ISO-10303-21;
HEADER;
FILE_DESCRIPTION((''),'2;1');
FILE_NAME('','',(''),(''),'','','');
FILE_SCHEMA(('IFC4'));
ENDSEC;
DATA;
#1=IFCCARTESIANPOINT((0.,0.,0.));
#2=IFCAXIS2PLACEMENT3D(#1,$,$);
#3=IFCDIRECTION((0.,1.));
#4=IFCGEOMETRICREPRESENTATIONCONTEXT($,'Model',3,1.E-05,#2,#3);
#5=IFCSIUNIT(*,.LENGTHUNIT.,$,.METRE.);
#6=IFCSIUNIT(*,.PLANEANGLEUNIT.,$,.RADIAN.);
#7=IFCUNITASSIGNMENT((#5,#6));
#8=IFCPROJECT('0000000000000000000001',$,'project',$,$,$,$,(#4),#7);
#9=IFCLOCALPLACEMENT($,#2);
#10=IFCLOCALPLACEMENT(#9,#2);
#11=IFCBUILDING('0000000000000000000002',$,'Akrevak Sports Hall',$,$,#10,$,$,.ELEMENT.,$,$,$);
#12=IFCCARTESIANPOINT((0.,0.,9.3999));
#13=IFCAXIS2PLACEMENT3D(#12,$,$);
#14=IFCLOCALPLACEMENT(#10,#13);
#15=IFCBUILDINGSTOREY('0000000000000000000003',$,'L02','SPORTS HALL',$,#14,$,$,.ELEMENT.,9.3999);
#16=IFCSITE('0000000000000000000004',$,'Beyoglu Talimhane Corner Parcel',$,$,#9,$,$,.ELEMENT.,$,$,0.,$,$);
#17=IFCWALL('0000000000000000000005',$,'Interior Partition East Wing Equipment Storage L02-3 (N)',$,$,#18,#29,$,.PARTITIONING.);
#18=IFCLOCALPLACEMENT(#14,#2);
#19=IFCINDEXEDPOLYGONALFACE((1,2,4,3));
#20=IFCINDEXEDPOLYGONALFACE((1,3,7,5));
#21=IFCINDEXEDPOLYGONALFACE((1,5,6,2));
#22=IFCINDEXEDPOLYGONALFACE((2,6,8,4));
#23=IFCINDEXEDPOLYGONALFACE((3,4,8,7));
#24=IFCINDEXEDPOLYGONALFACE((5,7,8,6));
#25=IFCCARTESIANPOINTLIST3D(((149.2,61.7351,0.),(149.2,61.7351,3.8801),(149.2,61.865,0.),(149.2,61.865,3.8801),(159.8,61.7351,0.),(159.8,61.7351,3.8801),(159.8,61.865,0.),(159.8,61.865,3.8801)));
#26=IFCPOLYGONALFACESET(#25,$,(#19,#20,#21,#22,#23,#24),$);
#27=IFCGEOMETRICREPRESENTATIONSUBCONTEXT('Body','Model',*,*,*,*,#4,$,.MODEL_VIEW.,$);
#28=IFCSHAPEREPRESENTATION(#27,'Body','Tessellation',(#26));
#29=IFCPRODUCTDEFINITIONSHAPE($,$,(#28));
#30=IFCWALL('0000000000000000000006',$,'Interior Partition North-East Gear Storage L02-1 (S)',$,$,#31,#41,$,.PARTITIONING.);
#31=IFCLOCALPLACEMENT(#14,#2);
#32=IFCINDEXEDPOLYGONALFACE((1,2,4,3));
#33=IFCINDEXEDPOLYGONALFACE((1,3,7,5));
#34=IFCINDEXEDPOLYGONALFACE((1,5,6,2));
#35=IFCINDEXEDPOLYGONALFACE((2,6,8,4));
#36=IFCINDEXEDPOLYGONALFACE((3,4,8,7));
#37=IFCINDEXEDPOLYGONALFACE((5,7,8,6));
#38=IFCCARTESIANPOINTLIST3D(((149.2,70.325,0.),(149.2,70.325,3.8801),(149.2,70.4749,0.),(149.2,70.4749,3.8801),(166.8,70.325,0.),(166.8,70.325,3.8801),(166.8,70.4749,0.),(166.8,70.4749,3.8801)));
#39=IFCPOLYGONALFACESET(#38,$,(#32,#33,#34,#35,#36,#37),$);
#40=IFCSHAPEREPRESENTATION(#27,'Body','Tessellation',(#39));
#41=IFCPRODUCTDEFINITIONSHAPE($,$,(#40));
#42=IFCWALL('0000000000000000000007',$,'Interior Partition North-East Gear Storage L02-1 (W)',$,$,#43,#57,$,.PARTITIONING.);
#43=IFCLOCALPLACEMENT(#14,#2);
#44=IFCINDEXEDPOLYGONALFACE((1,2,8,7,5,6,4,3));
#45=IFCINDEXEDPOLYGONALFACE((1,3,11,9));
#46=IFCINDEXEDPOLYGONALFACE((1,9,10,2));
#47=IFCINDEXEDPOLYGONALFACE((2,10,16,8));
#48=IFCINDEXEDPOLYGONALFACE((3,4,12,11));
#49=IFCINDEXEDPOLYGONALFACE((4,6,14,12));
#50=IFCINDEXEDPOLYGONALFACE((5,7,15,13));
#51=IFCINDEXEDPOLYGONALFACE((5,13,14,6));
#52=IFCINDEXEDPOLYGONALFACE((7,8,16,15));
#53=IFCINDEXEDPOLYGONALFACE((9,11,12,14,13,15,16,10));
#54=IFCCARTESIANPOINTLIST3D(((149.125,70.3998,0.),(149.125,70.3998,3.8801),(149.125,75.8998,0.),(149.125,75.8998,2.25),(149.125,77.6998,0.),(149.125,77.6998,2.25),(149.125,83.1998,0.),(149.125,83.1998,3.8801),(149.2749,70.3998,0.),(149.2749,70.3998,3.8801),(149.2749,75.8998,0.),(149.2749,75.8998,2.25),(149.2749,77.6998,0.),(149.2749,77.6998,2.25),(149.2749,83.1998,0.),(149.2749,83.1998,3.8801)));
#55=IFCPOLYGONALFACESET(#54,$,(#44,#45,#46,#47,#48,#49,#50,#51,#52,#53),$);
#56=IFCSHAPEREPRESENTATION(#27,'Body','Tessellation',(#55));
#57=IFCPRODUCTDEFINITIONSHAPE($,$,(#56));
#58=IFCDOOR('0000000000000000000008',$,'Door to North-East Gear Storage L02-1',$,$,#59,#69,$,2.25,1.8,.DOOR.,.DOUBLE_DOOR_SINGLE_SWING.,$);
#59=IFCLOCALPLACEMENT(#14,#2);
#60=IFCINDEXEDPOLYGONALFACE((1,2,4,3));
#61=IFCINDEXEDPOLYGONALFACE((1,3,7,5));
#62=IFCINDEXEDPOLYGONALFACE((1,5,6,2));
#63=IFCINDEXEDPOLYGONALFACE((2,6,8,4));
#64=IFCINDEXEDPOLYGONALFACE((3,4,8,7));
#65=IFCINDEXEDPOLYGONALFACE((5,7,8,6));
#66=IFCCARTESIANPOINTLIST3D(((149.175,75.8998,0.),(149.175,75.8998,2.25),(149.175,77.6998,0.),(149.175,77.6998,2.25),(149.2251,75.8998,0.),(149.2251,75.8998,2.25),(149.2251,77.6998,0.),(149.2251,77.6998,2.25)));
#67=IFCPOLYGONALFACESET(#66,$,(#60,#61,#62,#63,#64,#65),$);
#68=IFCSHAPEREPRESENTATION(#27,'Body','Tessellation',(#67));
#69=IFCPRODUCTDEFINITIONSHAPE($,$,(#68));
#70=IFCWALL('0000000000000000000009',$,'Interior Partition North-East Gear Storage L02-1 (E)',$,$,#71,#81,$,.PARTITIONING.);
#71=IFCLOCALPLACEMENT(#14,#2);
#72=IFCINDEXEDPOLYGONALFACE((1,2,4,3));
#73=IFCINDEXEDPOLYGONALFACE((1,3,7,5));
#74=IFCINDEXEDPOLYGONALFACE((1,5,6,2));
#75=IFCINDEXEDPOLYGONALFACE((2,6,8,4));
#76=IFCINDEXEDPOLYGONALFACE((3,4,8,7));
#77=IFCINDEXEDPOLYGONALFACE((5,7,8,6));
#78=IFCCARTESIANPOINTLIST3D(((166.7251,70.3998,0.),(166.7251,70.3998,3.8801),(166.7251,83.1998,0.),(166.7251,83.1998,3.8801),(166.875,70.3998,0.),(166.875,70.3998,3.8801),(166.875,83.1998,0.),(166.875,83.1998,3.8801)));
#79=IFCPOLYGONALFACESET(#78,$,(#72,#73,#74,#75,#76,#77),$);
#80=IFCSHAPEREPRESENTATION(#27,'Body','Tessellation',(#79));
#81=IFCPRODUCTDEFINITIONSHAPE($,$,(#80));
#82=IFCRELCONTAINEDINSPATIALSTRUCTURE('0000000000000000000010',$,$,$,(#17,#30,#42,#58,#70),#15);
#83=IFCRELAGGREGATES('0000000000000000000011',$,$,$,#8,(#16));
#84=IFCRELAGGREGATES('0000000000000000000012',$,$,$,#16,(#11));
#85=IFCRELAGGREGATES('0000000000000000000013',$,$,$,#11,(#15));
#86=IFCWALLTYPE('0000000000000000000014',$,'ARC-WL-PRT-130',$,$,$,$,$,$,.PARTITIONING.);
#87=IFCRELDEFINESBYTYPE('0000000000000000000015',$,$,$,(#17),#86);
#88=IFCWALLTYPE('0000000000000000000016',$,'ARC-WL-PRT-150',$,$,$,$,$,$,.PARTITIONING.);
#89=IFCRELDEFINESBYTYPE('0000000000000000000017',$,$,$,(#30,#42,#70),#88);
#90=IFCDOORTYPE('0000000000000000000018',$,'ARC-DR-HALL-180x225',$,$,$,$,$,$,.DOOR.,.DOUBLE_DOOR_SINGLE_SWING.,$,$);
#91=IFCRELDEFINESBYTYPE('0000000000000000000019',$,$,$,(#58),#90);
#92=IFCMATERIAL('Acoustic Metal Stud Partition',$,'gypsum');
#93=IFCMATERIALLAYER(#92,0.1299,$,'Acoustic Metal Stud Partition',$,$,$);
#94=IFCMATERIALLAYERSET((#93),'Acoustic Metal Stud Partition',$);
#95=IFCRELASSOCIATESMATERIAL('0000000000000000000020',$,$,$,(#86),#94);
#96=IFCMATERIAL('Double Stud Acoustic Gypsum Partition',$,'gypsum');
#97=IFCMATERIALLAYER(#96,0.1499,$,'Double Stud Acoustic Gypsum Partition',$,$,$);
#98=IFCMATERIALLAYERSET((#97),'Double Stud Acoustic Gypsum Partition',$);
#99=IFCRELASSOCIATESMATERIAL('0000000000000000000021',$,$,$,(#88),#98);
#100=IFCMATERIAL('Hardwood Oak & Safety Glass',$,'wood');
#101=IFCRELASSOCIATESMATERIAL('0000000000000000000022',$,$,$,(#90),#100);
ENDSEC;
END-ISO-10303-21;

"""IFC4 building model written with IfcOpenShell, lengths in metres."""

from ifc_helpers import new_model, si_unit, direction, frame, frame_2d, origin, place, context, subcontext, project, spatial, rectangle, extrude, material, layer, layer_set, type_object, element, fill, save


model = new_model("IFC4")

# Units and contexts
model_context = context("Model", 3, precision=1e-05, world=origin(), true_north=direction((0.0, 1.0)))
body_context = subcontext(model_context, "Body", "Model", "MODEL_VIEW")
ifc_project = project(units=[si_unit("LENGTHUNIT", "METRE"), si_unit("PLANEANGLEUNIT", "RADIAN")], contexts=[model_context])

# Site, building, storey
site_placement = place(None, origin())
site = spatial("IfcSite", under=ifc_project, at=site_placement, Name="Beyoglu Talimhane Corner Parcel", CompositionType="ELEMENT", RefElevation=0.0)
building_placement = place(site_placement, origin())
building = spatial("IfcBuilding", under=site, at=building_placement, Name="Akrevak Sports Hall", CompositionType="ELEMENT")
storey_placement = place(building_placement, frame((0.0, 0.0, 9.3999)))
storey = spatial("IfcBuildingStorey", under=building, at=storey_placement, Name="L02", Description="SPORTS HALL", CompositionType="ELEMENT", Elevation=9.3999)

# Walls
ifc_material_1 = material(Name="Acoustic Metal Stud Partition", Category="gypsum")
ifc_layer_1 = layer(ifc_material_1, 0.1299, Name="Acoustic Metal Stud Partition")
ifc_layer_set_1 = layer_set([ifc_layer_1], Name="Acoustic Metal Stud Partition")
wall_type_1 = type_object("IfcWallType", Name="ARC-WL-PRT-130", PredefinedType="PARTITIONING", material=ifc_layer_set_1)
wall_1_placement = place(storey_placement, frame((149.2, 61.8, 0.0), z_axis=(0.0, 0.0, 1.0), x_axis=(1.0, 0.0, 0.0)))
element("IfcWall", 1, at=wall_1_placement, inside=storey, type_object=wall_type_1, Name="Interior Partition East Wing Equipment Storage L02-3 (N)", PredefinedType="PARTITIONING", context=body_context, shape_type="SweptSolid", body=[
    extrude(rectangle(XDim=10.6001, YDim=0.1299, at=frame_2d((5.3, 0.0))), origin(), (0.0, 0.0, 1.0), 3.8801),
])
ifc_material_2 = material(Name="Double Stud Acoustic Gypsum Partition", Category="gypsum")
ifc_layer_2 = layer(ifc_material_2, 0.1499, Name="Double Stud Acoustic Gypsum Partition")
ifc_layer_set_2 = layer_set([ifc_layer_2], Name="Double Stud Acoustic Gypsum Partition")
wall_type_2 = type_object("IfcWallType", Name="ARC-WL-PRT-150", PredefinedType="PARTITIONING", material=ifc_layer_set_2)
wall_2_placement = place(storey_placement, frame((149.2, 70.3999, 0.0), z_axis=(0.0, 0.0, 1.0), x_axis=(1.0, 0.0, 0.0)))
element("IfcWall", 2, at=wall_2_placement, inside=storey, type_object=wall_type_2, Name="Interior Partition North-East Gear Storage L02-1 (S)", PredefinedType="PARTITIONING", context=body_context, shape_type="SweptSolid", body=[
    extrude(rectangle(XDim=17.6001, YDim=0.1499, at=frame_2d((8.8, 0.0))), origin(), (0.0, 0.0, 1.0), 3.8801),
])

# Wall, opening, door
wall_3_placement = place(storey_placement, frame((149.2, 70.3999, 0.0), z_axis=(0.0, 0.0, 1.0), x_axis=(0.0, 1.0, 0.0)))
wall_3 = element("IfcWall", 3, at=wall_3_placement, inside=storey, type_object=wall_type_2, Name="Interior Partition North-East Gear Storage L02-1 (W)", PredefinedType="PARTITIONING", context=body_context, shape_type="SweptSolid", body=[
    extrude(rectangle(XDim=12.8, YDim=0.1499, at=frame_2d((6.3999, 0.0))), origin(), (0.0, 0.0, 1.0), 3.8801),
])
opening_placement = place(wall_3_placement, frame((5.5, 0.0, 0.0)))
opening = element("IfcOpeningElement", 4, at=opening_placement, cuts=wall_3, PredefinedType="OPENING", context=body_context, shape_type="SweptSolid", body=[
    extrude(rectangle(XDim=1.8, YDim=2.25, at=frame_2d((0.8999, 1.125))), frame((0.0, 0.0869, 0.0), z_axis=(0.0, -1.0, 0.0), x_axis=(1.0, 0.0, 0.0)), (0.0, 0.0, 1.0), 0.1738),
])
ifc_material_3 = material(Name="Hardwood Oak & Safety Glass", Category="wood")
door_type = type_object("IfcDoorType", Name="ARC-DR-HALL-180x225", OperationType="DOUBLE_DOOR_SINGLE_SWING", PredefinedType="DOOR", material=ifc_material_3)
door_placement = place(opening_placement, origin())
door = element("IfcDoor", 5, at=door_placement, inside=storey, type_object=door_type, Name="Door to North-East Gear Storage L02-1", OperationType="DOUBLE_DOOR_SINGLE_SWING", OverallHeight=2.25, OverallWidth=1.8, PredefinedType="DOOR", context=body_context, shape_type="SweptSolid", body=[
    extrude(rectangle(XDim=1.8, YDim=2.25, at=frame_2d((0.8999, 1.125))), frame((0.0, 0.0249, 0.0), z_axis=(0.0, -1.0, 0.0), x_axis=(1.0, 0.0, 0.0)), (0.0, 0.0, 1.0), 0.05),
])
fill(opening, door)

# Wall
wall_4_placement = place(storey_placement, frame((166.8, 70.3999, 0.0), z_axis=(0.0, 0.0, 1.0), x_axis=(0.0, 1.0, 0.0)))
element("IfcWall", 6, at=wall_4_placement, inside=storey, type_object=wall_type_2, Name="Interior Partition North-East Gear Storage L02-1 (E)", PredefinedType="PARTITIONING", context=body_context, shape_type="SweptSolid", body=[
    extrude(rectangle(XDim=12.8, YDim=0.1499, at=frame_2d((6.3999, 0.0))), origin(), (0.0, 0.0, 1.0), 3.8801),
])

save(model, "model.ifc")
